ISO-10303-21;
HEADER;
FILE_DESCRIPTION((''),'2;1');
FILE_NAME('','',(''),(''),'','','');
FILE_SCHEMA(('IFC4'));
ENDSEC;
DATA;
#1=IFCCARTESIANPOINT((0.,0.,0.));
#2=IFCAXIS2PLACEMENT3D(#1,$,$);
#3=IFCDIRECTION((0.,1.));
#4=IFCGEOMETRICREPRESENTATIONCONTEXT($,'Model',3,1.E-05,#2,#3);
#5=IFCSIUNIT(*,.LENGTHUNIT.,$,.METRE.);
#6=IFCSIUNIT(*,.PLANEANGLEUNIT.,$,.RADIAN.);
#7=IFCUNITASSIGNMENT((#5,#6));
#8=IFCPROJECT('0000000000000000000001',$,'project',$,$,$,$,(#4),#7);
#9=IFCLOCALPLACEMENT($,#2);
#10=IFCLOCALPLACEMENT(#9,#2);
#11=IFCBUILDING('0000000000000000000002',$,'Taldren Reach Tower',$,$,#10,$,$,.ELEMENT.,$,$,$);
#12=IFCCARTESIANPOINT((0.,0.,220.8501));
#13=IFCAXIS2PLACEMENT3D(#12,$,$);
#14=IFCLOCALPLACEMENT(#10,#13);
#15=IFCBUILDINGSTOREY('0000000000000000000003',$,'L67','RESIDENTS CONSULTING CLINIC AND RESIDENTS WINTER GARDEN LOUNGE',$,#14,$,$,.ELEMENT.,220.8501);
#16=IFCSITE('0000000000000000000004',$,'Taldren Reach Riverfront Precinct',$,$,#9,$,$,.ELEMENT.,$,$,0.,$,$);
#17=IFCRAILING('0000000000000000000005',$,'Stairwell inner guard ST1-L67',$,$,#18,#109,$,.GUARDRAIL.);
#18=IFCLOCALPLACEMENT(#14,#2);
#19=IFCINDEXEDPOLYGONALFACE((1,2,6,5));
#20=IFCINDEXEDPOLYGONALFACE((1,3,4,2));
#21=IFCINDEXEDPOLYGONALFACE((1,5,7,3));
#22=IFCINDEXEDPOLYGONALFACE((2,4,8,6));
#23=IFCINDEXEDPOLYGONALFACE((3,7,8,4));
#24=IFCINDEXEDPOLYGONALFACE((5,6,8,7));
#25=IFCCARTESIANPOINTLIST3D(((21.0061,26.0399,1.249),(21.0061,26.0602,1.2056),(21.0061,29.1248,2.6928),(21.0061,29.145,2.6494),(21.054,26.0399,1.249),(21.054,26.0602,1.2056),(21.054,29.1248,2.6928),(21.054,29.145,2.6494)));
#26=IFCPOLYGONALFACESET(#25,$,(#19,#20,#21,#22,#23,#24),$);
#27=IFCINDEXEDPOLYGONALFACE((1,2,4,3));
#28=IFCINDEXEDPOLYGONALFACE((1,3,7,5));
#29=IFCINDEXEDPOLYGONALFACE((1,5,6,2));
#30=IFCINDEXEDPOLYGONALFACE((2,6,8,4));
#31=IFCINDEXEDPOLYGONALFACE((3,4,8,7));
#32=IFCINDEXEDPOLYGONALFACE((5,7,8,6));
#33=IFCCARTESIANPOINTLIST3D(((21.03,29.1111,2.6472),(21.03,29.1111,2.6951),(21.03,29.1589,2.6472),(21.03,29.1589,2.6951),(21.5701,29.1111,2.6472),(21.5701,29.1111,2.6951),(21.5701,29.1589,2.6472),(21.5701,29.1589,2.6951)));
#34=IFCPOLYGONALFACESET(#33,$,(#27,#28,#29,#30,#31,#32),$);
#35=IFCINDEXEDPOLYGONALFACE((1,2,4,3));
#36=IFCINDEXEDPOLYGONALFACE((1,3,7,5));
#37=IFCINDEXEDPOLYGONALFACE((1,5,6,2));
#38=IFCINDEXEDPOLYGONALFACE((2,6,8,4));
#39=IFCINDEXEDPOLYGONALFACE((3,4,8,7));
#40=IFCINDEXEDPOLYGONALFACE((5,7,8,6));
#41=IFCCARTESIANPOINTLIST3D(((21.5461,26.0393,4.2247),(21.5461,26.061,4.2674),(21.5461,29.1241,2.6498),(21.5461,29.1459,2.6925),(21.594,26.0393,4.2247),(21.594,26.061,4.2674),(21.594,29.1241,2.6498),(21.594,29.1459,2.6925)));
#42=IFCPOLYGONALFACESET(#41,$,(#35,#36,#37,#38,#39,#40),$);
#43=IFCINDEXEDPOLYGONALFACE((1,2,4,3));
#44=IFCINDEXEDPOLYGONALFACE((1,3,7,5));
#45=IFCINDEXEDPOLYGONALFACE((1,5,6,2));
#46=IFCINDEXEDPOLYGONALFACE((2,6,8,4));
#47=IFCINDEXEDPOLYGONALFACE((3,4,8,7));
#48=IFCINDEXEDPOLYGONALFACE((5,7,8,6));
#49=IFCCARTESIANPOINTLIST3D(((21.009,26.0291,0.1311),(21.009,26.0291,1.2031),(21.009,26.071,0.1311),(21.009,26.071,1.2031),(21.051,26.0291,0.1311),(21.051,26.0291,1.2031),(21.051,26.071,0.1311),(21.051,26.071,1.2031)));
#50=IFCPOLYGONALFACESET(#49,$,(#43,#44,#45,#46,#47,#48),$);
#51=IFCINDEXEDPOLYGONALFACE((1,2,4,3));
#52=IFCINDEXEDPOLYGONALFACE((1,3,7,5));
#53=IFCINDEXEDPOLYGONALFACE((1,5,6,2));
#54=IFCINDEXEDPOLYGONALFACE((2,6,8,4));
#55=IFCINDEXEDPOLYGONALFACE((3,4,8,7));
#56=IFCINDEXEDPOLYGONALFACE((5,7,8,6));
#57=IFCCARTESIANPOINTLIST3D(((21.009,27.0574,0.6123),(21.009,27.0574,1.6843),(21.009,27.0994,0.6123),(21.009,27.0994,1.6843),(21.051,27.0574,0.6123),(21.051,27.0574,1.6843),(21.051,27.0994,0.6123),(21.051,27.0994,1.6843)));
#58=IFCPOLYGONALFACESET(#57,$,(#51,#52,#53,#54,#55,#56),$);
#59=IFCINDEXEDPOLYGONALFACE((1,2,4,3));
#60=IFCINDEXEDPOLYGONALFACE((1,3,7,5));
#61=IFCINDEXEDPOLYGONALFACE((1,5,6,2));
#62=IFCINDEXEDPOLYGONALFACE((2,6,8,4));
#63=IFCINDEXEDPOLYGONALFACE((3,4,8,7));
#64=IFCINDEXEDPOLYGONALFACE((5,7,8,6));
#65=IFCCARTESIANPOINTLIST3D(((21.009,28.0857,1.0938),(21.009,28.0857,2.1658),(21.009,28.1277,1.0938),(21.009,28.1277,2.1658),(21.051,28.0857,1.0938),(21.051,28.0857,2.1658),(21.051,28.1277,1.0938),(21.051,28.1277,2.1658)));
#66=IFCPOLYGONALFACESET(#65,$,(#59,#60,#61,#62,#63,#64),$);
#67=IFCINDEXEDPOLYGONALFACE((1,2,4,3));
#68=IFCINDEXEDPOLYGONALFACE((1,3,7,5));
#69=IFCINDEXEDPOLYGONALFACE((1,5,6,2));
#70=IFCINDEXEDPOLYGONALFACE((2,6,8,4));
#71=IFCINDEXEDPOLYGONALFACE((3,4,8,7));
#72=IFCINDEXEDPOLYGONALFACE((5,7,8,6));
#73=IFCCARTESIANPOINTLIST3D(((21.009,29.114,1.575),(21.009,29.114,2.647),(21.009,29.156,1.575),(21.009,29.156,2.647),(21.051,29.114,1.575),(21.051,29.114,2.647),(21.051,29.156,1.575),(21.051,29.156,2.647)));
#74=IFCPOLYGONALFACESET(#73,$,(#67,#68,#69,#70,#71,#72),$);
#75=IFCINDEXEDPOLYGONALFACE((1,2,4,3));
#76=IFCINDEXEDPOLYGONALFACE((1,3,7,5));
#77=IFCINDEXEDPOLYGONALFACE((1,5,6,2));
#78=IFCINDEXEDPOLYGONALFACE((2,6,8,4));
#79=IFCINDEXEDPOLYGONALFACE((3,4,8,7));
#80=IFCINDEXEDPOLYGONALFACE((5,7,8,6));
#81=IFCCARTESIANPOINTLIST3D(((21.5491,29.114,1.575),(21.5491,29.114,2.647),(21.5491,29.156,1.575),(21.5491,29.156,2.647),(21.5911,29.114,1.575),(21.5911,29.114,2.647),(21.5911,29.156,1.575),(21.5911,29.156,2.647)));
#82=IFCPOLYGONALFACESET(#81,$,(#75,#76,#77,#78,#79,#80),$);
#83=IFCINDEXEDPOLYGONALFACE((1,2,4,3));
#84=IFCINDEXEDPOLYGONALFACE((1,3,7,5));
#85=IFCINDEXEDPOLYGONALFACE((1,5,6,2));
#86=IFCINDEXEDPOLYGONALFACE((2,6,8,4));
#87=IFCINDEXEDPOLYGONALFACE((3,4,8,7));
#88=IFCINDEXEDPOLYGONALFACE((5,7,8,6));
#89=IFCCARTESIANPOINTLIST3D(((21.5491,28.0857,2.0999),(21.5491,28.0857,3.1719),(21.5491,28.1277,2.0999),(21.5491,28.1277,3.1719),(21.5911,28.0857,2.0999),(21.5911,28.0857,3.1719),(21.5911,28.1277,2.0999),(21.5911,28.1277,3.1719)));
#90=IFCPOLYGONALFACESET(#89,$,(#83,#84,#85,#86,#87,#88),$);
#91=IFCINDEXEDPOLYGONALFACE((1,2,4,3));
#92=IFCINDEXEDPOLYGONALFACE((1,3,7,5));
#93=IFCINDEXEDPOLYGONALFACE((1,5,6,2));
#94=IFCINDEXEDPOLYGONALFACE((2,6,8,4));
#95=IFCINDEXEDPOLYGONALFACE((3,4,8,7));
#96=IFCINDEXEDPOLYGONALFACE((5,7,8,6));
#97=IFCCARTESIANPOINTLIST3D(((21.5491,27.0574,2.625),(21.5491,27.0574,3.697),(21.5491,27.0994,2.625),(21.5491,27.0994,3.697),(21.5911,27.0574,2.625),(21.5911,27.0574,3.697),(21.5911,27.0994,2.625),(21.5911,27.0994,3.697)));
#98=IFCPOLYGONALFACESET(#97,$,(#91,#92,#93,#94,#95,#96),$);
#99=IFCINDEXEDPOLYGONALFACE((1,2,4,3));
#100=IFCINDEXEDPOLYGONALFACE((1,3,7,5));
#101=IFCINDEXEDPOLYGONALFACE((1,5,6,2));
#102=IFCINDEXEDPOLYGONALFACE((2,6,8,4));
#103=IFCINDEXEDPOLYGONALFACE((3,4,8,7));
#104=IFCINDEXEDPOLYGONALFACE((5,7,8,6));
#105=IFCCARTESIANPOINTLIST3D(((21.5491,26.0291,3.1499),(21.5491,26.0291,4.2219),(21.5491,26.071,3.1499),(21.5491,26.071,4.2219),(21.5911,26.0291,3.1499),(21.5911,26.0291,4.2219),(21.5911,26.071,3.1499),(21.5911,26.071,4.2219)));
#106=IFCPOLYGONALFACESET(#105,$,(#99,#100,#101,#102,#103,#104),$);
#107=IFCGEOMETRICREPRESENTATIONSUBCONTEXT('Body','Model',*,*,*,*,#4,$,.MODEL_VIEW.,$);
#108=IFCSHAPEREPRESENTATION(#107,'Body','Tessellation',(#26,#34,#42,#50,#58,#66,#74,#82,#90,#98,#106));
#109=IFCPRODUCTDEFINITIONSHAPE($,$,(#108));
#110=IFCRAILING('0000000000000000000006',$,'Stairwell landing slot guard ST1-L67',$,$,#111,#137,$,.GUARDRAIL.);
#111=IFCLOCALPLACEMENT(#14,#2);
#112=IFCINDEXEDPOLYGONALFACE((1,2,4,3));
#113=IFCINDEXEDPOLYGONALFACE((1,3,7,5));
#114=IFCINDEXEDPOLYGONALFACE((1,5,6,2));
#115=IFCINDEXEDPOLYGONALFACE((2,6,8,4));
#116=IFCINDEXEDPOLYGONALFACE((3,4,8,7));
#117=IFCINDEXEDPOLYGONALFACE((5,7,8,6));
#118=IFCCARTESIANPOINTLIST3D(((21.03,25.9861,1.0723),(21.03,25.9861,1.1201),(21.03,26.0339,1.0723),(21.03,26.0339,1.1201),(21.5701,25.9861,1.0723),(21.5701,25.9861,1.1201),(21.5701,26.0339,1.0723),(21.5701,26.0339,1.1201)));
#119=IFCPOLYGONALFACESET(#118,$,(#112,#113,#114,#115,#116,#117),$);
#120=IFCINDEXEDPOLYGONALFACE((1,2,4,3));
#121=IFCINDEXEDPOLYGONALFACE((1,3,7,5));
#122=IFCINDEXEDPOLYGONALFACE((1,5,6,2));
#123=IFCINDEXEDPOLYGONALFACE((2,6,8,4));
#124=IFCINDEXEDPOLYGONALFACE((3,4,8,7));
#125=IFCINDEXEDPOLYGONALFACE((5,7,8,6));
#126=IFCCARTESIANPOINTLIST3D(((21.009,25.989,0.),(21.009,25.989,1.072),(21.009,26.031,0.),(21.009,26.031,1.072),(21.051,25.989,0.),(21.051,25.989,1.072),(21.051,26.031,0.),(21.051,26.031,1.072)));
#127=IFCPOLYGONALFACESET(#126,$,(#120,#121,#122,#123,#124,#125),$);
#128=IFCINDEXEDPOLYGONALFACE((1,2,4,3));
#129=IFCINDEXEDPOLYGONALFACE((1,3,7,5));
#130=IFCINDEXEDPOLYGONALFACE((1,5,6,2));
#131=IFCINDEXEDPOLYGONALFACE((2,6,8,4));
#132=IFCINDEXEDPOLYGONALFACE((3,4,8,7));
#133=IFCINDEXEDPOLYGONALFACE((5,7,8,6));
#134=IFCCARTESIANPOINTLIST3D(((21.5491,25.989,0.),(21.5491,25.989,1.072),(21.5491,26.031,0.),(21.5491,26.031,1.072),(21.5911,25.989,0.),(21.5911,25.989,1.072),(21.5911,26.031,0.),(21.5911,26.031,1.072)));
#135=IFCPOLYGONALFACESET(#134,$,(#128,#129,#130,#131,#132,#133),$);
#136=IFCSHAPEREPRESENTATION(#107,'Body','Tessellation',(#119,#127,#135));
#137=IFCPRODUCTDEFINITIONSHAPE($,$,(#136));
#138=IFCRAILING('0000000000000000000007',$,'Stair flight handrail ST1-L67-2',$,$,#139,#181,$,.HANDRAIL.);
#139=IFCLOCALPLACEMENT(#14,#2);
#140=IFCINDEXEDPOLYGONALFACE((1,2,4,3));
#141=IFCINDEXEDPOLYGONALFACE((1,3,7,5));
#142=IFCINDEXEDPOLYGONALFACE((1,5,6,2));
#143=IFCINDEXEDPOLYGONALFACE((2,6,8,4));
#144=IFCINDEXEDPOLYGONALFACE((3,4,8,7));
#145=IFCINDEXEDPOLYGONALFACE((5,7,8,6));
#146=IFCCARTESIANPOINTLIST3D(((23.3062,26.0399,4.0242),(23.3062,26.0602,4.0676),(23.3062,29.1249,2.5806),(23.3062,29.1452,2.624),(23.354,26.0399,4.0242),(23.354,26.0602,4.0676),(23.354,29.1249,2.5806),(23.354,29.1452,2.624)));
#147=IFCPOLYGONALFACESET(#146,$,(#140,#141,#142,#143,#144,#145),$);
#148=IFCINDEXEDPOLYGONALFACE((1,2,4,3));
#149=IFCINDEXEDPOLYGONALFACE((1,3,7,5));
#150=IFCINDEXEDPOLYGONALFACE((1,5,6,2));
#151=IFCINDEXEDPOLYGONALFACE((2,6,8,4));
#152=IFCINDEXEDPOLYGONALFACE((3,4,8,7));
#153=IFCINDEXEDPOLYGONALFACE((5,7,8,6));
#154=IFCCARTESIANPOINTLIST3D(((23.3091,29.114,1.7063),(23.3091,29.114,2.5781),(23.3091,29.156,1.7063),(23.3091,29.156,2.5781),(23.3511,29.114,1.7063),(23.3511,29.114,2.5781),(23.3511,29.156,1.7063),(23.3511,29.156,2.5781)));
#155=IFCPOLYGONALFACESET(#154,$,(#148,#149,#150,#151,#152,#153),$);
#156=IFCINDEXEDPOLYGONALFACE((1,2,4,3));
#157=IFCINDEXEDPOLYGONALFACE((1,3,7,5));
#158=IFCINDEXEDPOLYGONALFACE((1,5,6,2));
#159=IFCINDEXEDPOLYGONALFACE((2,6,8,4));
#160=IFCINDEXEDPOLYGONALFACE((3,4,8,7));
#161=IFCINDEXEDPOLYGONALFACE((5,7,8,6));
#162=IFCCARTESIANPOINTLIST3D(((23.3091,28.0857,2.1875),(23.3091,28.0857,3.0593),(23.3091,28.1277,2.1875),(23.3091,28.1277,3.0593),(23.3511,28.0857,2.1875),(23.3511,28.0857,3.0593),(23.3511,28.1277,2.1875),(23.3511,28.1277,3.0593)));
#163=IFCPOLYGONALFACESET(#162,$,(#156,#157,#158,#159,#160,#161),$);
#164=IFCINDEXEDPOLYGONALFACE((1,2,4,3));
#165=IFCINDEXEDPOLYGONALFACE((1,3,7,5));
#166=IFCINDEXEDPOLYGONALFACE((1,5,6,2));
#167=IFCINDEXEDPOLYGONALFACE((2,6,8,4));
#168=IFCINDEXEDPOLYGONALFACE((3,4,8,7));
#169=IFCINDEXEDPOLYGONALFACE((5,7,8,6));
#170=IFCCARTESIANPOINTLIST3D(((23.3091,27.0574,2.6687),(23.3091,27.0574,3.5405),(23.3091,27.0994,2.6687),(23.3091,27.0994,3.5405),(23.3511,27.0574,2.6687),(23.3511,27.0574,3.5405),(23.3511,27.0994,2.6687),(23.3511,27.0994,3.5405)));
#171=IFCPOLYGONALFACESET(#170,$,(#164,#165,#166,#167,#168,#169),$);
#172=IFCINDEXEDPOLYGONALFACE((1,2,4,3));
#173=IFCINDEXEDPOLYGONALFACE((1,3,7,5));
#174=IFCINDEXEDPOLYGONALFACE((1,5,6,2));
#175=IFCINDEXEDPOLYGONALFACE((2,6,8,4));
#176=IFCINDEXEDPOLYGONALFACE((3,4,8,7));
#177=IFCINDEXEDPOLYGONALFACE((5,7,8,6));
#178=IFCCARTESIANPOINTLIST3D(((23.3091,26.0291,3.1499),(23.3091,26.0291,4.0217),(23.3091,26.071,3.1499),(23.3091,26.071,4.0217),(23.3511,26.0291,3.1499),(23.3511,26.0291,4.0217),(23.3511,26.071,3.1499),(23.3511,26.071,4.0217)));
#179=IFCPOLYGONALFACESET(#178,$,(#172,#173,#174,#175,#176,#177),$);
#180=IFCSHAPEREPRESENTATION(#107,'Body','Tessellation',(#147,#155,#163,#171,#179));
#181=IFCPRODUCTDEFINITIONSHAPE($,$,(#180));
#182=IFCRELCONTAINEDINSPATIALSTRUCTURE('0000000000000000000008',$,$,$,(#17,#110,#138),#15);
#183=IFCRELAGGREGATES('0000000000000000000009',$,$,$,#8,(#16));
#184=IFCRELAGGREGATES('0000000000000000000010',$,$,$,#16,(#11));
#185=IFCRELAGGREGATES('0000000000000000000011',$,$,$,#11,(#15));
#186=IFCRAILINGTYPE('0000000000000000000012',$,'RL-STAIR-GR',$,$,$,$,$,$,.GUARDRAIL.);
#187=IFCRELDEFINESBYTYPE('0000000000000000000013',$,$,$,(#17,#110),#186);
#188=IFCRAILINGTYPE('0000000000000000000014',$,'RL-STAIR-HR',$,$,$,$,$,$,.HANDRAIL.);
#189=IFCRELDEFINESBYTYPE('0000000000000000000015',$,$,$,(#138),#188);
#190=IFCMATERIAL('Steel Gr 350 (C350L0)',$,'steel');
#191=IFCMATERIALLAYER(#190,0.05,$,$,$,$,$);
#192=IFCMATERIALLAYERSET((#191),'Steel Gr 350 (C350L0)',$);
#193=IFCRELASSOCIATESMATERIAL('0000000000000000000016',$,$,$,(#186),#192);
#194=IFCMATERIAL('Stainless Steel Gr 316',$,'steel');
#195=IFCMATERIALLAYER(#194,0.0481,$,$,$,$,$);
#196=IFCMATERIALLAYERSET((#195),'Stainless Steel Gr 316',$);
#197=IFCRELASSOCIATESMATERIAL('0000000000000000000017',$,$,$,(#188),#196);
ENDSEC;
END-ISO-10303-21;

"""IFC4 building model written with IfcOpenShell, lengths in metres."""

from ifc_helpers import new_model, si_unit, direction, frame, origin, origin_2d, place, context, subcontext, project, spatial, rectangle, extrude, material, layer, layer_set, type_object, element, save


model = new_model("IFC4")

# Units and contexts
model_context = context("Model", 3, precision=1e-05, world=origin(), true_north=direction((0.0, 1.0)))
body_context = subcontext(model_context, "Body", "Model", "MODEL_VIEW")
ifc_project = project(units=[si_unit("LENGTHUNIT", "METRE"), si_unit("PLANEANGLEUNIT", "RADIAN")], contexts=[model_context])

# Site, building, storey
site_placement = place(None, origin())
site = spatial("IfcSite", under=ifc_project, at=site_placement, Name="Taldren Reach Riverfront Precinct", CompositionType="ELEMENT", RefElevation=0.0)
building_placement = place(site_placement, origin())
building = spatial("IfcBuilding", under=site, at=building_placement, Name="Taldren Reach Tower", CompositionType="ELEMENT")
storey_placement = place(building_placement, frame((0.0, 0.0, 220.8501)))
storey = spatial("IfcBuildingStorey", under=building, at=storey_placement, Name="L67", Description="RESIDENTS CONSULTING CLINIC AND RESIDENTS WINTER GARDEN LOUNGE", CompositionType="ELEMENT", Elevation=220.8501)

# Railings
ifc_material_1 = material(Name="Steel Gr 350 (C350L0)", Category="steel")
ifc_layer_1 = layer(ifc_material_1, 0.05)
ifc_layer_set_1 = layer_set([ifc_layer_1], Name="Steel Gr 350 (C350L0)")
railing_type_1 = type_object("IfcRailingType", Name="RL-STAIR-GR", PredefinedType="GUARDRAIL", material=ifc_layer_set_1)
railing_1_placement = place(storey_placement, frame((21.03, 26.05, 0.1311)))
element("IfcRailing", 1, at=railing_1_placement, inside=storey, type_object=railing_type_1, Name="Stairwell inner guard ST1-L67", PredefinedType="GUARDRAIL", context=body_context, shape_type="SweptSolid", body=[
    extrude(rectangle(XDim=0.0479, YDim=0.0479, at=origin_2d()), frame((0.0, 0.0, 1.0962), z_axis=(0.0, 0.90571, 0.423898), x_axis=(-1.0, 0.0, 0.0)), (0.0, 0.0, 1.0), 3.406),
    extrude(rectangle(XDim=0.0479, YDim=0.0479, at=origin_2d()), frame((0.0, 3.085, 2.54), z_axis=(1.0, 0.0, 0.0), x_axis=(0.0, 1.0, 0.0)), (0.0, 0.0, 1.0), 0.54),
    extrude(rectangle(XDim=0.0479, YDim=0.0479, at=origin_2d()), frame((0.54, 3.085, 2.54), z_axis=(0.0, -0.890646, 0.454697), x_axis=(1.0, 0.0, 0.0)), (0.0, 0.0, 1.0), 3.4636),
    extrude(rectangle(XDim=0.042, YDim=0.042, at=origin_2d()), origin(), (0.0, 0.0, 1.0), 1.072),
    extrude(rectangle(XDim=0.042, YDim=0.042, at=origin_2d()), frame((0.0, 1.0283, 0.4812)), (0.0, 0.0, 1.0), 1.072),
    extrude(rectangle(XDim=0.042, YDim=0.042, at=origin_2d()), frame((0.0, 2.0566, 0.9626)), (0.0, 0.0, 1.0), 1.072),
    extrude(rectangle(XDim=0.042, YDim=0.042, at=origin_2d()), frame((0.0, 3.085, 1.4438)), (0.0, 0.0, 1.0), 1.072),
    extrude(rectangle(XDim=0.042, YDim=0.042, at=origin_2d()), frame((0.54, 3.085, 1.4438)), (0.0, 0.0, 1.0), 1.072),
    extrude(rectangle(XDim=0.042, YDim=0.042, at=origin_2d()), frame((0.54, 2.0566, 1.9688)), (0.0, 0.0, 1.0), 1.072),
    extrude(rectangle(XDim=0.042, YDim=0.042, at=origin_2d()), frame((0.54, 1.0283, 2.4939)), (0.0, 0.0, 1.0), 1.072),
    extrude(rectangle(XDim=0.042, YDim=0.042, at=origin_2d()), frame((0.54, 0.0, 3.0188)), (0.0, 0.0, 1.0), 1.072),
])
railing_2_placement = place(storey_placement, frame((21.03, 26.01, 0.0)))
element("IfcRailing", 2, at=railing_2_placement, inside=storey, type_object=railing_type_1, Name="Stairwell landing slot guard ST1-L67", PredefinedType="GUARDRAIL", context=body_context, shape_type="SweptSolid", body=[
    extrude(rectangle(XDim=0.0479, YDim=0.0479, at=origin_2d()), frame((0.0, 0.0, 1.0962), z_axis=(1.0, 0.0, 0.0), x_axis=(0.0, 1.0, 0.0)), (0.0, 0.0, 1.0), 0.54),
    extrude(rectangle(XDim=0.042, YDim=0.042, at=origin_2d()), origin(), (0.0, 0.0, 1.0), 1.072),
    extrude(rectangle(XDim=0.042, YDim=0.042, at=origin_2d()), frame((0.54, 0.0, 0.0)), (0.0, 0.0, 1.0), 1.072),
])
ifc_material_2 = material(Name="Stainless Steel Gr 316", Category="steel")
ifc_layer_2 = layer(ifc_material_2, 0.0481)
ifc_layer_set_2 = layer_set([ifc_layer_2], Name="Stainless Steel Gr 316")
railing_type_2 = type_object("IfcRailingType", Name="RL-STAIR-HR", PredefinedType="HANDRAIL", material=ifc_layer_set_2)
railing_3_placement = place(storey_placement, frame((23.3301, 29.135, 1.7063)))
element("IfcRailing", 3, at=railing_3_placement, inside=storey, type_object=railing_type_2, Name="Stair flight handrail ST1-L67-2", PredefinedType="HANDRAIL", context=body_context, shape_type="SweptSolid", body=[
    extrude(rectangle(XDim=0.0479, YDim=0.0479, at=origin_2d()), frame((0.0, 0.0, 0.896), z_axis=(0.0, -0.905738, 0.423839), x_axis=(1.0, 0.0, 0.0)), (0.0, 0.0, 1.0), 3.406),
    extrude(rectangle(XDim=0.042, YDim=0.042, at=origin_2d()), origin(), (0.0, 0.0, 1.0), 0.8718),
    extrude(rectangle(XDim=0.042, YDim=0.042, at=origin_2d()), frame((0.0, -1.0283, 0.4812)), (0.0, 0.0, 1.0), 0.8718),
    extrude(rectangle(XDim=0.042, YDim=0.042, at=origin_2d()), frame((0.0, -2.0566, 0.9624)), (0.0, 0.0, 1.0), 0.8718),
    extrude(rectangle(XDim=0.042, YDim=0.042, at=origin_2d()), frame((0.0, -3.085, 1.4436)), (0.0, 0.0, 1.0), 0.8718),
])

save(model, "model.ifc")
